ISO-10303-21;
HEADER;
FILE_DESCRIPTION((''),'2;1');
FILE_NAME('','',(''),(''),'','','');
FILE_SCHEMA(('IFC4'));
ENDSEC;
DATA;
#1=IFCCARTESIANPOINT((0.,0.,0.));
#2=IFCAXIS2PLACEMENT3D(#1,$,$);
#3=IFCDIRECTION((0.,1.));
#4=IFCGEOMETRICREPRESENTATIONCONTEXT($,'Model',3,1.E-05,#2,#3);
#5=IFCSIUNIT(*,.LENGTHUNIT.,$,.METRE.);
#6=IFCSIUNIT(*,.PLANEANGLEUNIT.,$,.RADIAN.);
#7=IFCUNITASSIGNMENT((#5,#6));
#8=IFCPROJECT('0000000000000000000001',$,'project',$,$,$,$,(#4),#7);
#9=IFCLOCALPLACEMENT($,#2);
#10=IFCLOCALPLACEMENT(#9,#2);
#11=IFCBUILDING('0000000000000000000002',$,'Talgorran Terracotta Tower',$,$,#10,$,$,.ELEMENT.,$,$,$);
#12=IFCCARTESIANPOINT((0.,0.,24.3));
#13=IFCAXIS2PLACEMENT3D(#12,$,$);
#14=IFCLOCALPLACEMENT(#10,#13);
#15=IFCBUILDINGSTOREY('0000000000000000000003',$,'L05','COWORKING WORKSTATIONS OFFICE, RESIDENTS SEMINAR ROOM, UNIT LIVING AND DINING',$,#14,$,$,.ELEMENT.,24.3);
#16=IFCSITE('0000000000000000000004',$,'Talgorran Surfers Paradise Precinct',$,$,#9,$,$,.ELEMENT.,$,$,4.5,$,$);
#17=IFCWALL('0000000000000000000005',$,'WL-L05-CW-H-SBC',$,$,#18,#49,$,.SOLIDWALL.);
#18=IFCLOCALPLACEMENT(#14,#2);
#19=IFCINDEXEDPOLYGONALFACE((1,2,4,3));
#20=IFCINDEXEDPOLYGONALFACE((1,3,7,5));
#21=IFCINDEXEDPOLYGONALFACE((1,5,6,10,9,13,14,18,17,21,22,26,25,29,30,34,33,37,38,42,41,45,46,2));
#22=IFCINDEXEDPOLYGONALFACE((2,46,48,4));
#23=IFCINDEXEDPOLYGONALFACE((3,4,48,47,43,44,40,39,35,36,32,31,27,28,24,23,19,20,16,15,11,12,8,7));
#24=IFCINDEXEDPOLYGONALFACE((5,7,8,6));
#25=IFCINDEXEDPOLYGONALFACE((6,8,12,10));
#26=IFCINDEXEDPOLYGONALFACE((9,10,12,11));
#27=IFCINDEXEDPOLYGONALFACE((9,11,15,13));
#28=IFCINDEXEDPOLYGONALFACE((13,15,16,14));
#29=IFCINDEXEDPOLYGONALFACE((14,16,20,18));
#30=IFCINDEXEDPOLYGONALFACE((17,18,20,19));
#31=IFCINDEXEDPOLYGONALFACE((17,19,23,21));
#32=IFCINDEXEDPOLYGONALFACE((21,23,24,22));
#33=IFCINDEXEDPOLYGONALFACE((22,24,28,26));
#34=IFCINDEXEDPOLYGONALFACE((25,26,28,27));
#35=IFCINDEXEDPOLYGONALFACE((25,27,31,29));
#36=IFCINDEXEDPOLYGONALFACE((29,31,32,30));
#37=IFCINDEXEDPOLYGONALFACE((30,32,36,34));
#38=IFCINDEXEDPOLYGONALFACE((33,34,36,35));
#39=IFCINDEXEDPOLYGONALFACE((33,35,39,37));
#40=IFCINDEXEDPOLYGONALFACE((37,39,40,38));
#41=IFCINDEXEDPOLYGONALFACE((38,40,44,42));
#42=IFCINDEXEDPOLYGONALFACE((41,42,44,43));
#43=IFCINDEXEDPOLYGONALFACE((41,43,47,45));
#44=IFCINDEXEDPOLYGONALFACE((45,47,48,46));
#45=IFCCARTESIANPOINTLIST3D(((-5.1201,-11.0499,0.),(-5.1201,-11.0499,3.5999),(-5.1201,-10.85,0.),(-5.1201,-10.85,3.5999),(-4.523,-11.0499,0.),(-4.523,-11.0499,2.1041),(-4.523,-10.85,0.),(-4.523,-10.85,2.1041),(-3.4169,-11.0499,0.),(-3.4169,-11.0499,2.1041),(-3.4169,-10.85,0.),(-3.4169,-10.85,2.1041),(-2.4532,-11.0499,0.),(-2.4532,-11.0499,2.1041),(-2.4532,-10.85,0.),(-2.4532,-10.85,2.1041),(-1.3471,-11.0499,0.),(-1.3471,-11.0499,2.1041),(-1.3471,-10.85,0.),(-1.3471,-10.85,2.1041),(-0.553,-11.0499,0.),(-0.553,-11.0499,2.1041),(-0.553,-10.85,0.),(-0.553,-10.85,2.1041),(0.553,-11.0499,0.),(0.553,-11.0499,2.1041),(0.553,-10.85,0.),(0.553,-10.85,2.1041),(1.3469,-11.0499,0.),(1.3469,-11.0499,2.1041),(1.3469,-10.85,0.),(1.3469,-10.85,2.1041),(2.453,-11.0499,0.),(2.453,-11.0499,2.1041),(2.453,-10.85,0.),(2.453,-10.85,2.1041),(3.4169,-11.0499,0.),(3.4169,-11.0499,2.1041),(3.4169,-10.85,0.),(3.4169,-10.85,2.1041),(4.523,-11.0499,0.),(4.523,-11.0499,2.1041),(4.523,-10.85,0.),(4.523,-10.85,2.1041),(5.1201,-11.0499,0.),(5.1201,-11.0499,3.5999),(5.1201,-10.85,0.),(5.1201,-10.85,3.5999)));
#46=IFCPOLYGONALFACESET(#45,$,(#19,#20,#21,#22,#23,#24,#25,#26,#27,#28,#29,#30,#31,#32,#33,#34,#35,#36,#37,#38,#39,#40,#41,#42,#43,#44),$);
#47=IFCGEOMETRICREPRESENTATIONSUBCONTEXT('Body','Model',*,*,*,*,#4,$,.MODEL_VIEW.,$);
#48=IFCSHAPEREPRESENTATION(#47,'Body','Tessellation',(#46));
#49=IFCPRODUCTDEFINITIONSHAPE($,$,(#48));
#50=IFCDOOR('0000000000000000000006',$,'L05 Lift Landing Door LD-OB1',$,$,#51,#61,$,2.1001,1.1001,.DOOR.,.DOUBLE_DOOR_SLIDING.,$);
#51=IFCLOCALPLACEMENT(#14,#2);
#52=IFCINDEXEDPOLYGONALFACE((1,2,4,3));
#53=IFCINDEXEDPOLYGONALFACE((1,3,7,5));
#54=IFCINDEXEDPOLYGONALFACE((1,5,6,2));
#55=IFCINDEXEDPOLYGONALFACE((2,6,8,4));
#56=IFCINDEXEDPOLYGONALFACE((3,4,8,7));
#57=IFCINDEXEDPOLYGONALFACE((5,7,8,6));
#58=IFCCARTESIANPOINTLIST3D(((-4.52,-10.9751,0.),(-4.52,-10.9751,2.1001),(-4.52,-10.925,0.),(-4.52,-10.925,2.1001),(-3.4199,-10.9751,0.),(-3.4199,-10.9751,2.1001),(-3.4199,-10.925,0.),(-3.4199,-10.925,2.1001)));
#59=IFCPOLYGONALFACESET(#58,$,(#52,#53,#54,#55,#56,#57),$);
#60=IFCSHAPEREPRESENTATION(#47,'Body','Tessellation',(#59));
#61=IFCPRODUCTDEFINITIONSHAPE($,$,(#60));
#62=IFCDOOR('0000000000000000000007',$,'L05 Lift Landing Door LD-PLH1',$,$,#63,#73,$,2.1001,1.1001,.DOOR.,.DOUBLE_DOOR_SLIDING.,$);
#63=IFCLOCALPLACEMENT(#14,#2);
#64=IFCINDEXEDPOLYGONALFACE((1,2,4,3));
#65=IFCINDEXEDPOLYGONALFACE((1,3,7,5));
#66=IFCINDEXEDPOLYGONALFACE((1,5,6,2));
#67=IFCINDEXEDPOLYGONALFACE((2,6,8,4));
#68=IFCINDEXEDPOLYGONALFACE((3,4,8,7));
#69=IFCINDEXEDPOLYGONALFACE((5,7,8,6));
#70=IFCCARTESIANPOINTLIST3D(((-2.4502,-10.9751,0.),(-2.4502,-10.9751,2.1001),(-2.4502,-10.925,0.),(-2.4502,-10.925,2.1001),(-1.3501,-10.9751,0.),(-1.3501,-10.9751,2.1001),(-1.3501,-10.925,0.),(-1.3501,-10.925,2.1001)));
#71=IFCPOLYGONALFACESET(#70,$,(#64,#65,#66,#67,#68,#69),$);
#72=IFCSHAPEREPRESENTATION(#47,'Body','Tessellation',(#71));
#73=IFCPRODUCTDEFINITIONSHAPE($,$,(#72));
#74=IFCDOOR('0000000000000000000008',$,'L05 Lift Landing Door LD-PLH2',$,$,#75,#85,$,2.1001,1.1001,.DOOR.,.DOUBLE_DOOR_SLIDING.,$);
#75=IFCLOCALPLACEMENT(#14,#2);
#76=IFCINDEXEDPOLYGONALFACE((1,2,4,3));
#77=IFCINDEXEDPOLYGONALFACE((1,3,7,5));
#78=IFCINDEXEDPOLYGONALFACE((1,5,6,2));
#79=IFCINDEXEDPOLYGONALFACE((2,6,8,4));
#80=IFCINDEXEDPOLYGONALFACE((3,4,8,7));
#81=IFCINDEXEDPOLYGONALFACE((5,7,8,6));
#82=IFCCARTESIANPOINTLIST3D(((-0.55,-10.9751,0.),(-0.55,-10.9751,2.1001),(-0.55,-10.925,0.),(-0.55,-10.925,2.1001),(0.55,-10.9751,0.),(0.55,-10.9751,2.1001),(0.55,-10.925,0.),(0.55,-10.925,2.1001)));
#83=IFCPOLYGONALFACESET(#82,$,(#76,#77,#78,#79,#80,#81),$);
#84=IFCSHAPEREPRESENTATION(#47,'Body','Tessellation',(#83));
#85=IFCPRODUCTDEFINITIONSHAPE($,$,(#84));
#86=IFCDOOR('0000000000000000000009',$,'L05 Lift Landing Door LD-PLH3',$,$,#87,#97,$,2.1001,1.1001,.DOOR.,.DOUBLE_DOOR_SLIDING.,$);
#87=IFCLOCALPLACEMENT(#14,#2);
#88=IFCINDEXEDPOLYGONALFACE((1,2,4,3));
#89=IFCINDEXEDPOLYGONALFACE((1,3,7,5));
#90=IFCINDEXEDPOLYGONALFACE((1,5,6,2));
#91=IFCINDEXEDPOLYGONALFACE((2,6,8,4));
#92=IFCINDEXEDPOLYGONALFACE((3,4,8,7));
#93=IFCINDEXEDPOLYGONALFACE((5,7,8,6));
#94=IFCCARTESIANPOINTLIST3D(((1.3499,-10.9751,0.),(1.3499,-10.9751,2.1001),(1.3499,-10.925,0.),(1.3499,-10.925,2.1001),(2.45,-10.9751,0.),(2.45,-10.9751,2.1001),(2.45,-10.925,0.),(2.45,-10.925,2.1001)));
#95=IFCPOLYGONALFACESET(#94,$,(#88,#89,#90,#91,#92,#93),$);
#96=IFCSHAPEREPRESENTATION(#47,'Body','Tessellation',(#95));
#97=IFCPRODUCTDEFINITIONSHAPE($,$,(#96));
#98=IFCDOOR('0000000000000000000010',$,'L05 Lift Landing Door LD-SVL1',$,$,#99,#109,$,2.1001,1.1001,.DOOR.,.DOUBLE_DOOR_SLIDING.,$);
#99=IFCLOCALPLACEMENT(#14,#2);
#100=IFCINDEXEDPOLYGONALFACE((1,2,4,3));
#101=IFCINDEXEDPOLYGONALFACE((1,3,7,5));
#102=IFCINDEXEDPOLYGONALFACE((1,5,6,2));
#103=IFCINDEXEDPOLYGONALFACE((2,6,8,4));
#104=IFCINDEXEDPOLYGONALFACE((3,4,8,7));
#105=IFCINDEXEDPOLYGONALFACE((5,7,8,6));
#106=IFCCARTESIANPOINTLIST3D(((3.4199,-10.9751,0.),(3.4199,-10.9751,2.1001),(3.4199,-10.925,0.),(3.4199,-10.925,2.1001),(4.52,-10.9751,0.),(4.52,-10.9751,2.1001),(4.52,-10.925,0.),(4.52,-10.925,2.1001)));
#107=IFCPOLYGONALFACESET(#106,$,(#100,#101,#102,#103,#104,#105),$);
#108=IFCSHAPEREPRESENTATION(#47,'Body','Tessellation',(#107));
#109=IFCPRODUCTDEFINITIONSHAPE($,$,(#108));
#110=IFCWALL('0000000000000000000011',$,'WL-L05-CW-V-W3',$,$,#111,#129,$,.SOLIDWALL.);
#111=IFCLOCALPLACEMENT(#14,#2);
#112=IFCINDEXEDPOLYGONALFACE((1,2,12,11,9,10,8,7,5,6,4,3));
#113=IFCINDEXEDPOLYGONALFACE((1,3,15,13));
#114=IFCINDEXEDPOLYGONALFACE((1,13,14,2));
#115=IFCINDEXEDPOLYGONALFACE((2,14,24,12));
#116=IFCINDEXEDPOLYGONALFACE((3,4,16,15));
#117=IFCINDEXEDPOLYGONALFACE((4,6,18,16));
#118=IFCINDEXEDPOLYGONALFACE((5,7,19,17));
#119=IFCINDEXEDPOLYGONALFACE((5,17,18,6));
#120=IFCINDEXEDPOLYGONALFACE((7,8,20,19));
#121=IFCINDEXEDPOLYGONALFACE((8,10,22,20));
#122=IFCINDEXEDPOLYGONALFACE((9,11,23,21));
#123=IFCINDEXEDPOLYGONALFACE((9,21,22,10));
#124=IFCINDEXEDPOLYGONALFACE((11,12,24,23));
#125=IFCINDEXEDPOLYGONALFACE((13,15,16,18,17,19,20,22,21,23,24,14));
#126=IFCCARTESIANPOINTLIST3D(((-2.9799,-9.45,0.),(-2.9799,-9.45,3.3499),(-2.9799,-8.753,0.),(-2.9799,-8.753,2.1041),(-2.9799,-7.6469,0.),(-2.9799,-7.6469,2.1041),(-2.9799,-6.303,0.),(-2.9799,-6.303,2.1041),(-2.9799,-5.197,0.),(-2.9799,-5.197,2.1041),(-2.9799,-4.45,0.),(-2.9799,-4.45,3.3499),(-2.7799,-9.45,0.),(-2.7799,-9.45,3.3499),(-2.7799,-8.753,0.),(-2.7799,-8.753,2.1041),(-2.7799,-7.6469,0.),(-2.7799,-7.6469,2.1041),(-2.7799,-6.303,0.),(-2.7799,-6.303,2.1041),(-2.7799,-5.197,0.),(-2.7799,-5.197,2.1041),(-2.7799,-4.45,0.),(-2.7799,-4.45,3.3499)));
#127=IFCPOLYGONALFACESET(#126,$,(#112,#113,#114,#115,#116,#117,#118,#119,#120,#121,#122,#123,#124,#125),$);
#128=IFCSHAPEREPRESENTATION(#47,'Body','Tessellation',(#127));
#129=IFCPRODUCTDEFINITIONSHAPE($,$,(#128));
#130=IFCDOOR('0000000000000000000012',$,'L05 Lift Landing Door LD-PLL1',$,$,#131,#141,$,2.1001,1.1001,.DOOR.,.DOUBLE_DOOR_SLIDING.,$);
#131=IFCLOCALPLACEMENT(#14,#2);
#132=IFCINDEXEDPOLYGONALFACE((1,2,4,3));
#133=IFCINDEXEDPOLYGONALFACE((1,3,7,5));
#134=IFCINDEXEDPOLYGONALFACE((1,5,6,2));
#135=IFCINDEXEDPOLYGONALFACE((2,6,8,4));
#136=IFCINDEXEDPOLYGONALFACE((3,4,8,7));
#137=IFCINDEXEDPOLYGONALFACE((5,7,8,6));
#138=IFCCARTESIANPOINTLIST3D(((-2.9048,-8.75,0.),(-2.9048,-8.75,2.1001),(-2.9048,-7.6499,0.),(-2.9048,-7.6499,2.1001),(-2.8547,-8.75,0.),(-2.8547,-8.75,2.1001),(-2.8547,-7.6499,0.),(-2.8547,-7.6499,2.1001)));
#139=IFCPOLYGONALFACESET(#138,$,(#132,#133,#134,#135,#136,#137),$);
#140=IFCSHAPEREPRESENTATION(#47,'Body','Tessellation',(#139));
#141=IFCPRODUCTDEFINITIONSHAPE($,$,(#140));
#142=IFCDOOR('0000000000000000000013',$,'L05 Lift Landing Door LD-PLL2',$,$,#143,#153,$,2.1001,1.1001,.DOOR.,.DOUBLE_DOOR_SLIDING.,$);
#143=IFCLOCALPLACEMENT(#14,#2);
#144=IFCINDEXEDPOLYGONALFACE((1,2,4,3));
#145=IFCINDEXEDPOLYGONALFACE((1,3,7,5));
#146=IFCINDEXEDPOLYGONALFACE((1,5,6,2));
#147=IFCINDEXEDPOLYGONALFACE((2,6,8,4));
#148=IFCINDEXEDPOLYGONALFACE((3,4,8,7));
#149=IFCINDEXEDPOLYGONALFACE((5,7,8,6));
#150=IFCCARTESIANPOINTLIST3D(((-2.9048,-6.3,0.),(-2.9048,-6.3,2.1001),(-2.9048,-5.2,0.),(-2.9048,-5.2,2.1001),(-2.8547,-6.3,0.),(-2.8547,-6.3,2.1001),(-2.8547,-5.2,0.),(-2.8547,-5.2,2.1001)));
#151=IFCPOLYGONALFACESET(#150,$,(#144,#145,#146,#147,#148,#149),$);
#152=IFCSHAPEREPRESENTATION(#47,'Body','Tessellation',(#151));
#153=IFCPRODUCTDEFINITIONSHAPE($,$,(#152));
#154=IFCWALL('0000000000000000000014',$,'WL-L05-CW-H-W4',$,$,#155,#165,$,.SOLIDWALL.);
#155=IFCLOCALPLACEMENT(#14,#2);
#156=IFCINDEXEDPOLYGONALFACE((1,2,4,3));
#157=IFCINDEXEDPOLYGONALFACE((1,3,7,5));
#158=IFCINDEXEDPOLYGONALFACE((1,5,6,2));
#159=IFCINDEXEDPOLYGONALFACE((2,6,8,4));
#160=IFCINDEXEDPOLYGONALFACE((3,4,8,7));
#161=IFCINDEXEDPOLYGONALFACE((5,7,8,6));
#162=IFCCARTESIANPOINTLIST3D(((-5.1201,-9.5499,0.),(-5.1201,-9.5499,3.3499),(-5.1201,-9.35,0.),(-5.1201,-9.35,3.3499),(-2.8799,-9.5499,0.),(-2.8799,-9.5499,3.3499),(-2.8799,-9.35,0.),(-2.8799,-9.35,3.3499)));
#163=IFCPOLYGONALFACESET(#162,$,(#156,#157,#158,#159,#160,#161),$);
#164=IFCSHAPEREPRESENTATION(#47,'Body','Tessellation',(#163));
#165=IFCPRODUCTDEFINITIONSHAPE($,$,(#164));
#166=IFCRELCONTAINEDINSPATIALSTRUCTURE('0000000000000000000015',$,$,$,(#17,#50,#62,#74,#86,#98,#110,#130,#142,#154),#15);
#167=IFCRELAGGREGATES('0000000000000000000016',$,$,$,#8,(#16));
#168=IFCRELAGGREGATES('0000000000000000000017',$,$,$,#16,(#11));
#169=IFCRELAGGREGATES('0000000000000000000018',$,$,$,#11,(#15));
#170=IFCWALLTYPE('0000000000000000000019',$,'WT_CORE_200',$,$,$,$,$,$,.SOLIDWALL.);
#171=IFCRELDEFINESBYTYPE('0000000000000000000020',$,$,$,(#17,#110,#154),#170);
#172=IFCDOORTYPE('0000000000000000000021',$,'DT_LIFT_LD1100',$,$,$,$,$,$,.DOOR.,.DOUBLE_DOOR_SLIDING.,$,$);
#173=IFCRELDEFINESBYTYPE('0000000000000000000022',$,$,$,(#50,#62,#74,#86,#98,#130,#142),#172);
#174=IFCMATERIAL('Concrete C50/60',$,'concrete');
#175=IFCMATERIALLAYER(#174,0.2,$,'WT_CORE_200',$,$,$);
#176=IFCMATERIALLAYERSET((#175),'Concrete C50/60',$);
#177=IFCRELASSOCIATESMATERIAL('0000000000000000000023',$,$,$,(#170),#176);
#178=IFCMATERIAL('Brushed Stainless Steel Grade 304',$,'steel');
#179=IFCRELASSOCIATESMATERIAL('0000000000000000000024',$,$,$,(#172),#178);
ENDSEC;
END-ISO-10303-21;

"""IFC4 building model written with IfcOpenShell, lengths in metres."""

from ifc_helpers import new_model, si_unit, direction, frame, frame_2d, origin, place, context, subcontext, project, spatial, rectangle, extrude, material, layer, layer_set, type_object, element, fill, save


model = new_model("IFC4")

# Units and contexts
model_context = context("Model", 3, precision=1e-05, world=origin(), true_north=direction((0.0, 1.0)))
body_context = subcontext(model_context, "Body", "Model", "MODEL_VIEW")
ifc_project = project(units=[si_unit("LENGTHUNIT", "METRE"), si_unit("PLANEANGLEUNIT", "RADIAN")], contexts=[model_context])

# Site, building, storey
site_placement = place(None, origin())
site = spatial("IfcSite", under=ifc_project, at=site_placement, Name="Talgorran Surfers Paradise Precinct", CompositionType="ELEMENT", RefElevation=4.5)
building_placement = place(site_placement, origin())
building = spatial("IfcBuilding", under=site, at=building_placement, Name="Talgorran Terracotta Tower", CompositionType="ELEMENT")
storey_placement = place(building_placement, frame((0.0, 0.0, 24.3)))
storey = spatial("IfcBuildingStorey", under=building, at=storey_placement, Name="L05", Description="COWORKING WORKSTATIONS OFFICE, RESIDENTS SEMINAR ROOM, UNIT LIVING AND DINING", CompositionType="ELEMENT", Elevation=24.3)

# Walls, openings, doors
ifc_material_1 = material(Name="Concrete C50/60", Category="concrete")
ifc_layer_1 = layer(ifc_material_1, 0.2, Name="WT_CORE_200")
ifc_layer_set_1 = layer_set([ifc_layer_1], Name="Concrete C50/60")
wall_type_1 = type_object("IfcWallType", Name="WT_CORE_200", PredefinedType="SOLIDWALL", material=ifc_layer_set_1)
ifc_material_2 = material(Name="Brushed Stainless Steel Grade 304", Category="steel")
door_type_1 = type_object("IfcDoorType", Name="DT_LIFT_LD1100", OperationType="DOUBLE_DOOR_SLIDING", PredefinedType="DOOR", material=ifc_material_2)
wall_1_placement = place(storey_placement, frame((-5.1201, -10.95, 0.0), z_axis=(0.0, 0.0, 1.0), x_axis=(1.0, 0.0, 0.0)))
wall_1 = element("IfcWall", 1, at=wall_1_placement, inside=storey, type_object=wall_type_1, Name="WL-L05-CW-H-SBC", PredefinedType="SOLIDWALL", context=body_context, shape_type="SweptSolid", body=[
    extrude(rectangle(XDim=10.2402, YDim=0.2, at=frame_2d((5.1201, 0.0))), origin(), (0.0, 0.0, 1.0), 3.5999),
])
opening_1_placement = place(wall_1_placement, frame((0.6001, 0.0, 0.0)))
opening_1 = element("IfcOpeningElement", 2, at=opening_1_placement, cuts=wall_1, PredefinedType="OPENING", context=body_context, shape_type="SweptSolid", body=[
    extrude(rectangle(XDim=1.1061, YDim=2.1041, at=frame_2d((0.55, 1.052))), frame((0.0, 0.1099, 0.0), z_axis=(0.0, -1.0, 0.0), x_axis=(1.0, 0.0, 0.0)), (0.0, 0.0, 1.0), 0.22),
])
opening_2_placement = place(wall_1_placement, frame((2.6699, 0.0, 0.0)))
opening_2 = element("IfcOpeningElement", 3, at=opening_2_placement, cuts=wall_1, PredefinedType="OPENING", context=body_context, shape_type="SweptSolid", body=[
    extrude(rectangle(XDim=1.1061, YDim=2.1041, at=frame_2d((0.55, 1.052))), frame((0.0, 0.1099, 0.0), z_axis=(0.0, -1.0, 0.0), x_axis=(1.0, 0.0, 0.0)), (0.0, 0.0, 1.0), 0.22),
])
opening_3_placement = place(wall_1_placement, frame((4.5701, 0.0, 0.0)))
opening_3 = element("IfcOpeningElement", 4, at=opening_3_placement, cuts=wall_1, PredefinedType="OPENING", context=body_context, shape_type="SweptSolid", body=[
    extrude(rectangle(XDim=1.1061, YDim=2.1041, at=frame_2d((0.55, 1.052))), frame((0.0, 0.1099, 0.0), z_axis=(0.0, -1.0, 0.0), x_axis=(1.0, 0.0, 0.0)), (0.0, 0.0, 1.0), 0.22),
])
opening_4_placement = place(wall_1_placement, frame((6.47, 0.0, 0.0)))
opening_4 = element("IfcOpeningElement", 5, at=opening_4_placement, cuts=wall_1, PredefinedType="OPENING", context=body_context, shape_type="SweptSolid", body=[
    extrude(rectangle(XDim=1.1061, YDim=2.1041, at=frame_2d((0.55, 1.052))), frame((0.0, 0.1099, 0.0), z_axis=(0.0, -1.0, 0.0), x_axis=(1.0, 0.0, 0.0)), (0.0, 0.0, 1.0), 0.22),
])
opening_5_placement = place(wall_1_placement, frame((8.54, 0.0, 0.0)))
opening_5 = element("IfcOpeningElement", 6, at=opening_5_placement, cuts=wall_1, PredefinedType="OPENING", context=body_context, shape_type="SweptSolid", body=[
    extrude(rectangle(XDim=1.1061, YDim=2.1041, at=frame_2d((0.55, 1.052))), frame((0.0, 0.1099, 0.0), z_axis=(0.0, -1.0, 0.0), x_axis=(1.0, 0.0, 0.0)), (0.0, 0.0, 1.0), 0.22),
])
door_1_placement = place(opening_1_placement, origin())
door_1 = element("IfcDoor", 7, at=door_1_placement, inside=storey, type_object=door_type_1, Name="L05 Lift Landing Door LD-OB1", OperationType="DOUBLE_DOOR_SLIDING", OverallHeight=2.1001, OverallWidth=1.1001, PredefinedType="DOOR", context=body_context, shape_type="SweptSolid", body=[
    extrude(rectangle(XDim=1.1001, YDim=2.1001, at=frame_2d((0.55, 1.05))), frame((0.0, 0.0249, 0.0), z_axis=(0.0, -1.0, 0.0), x_axis=(1.0, 0.0, 0.0)), (0.0, 0.0, 1.0), 0.05),
])
fill(opening_1, door_1)
door_2_placement = place(opening_2_placement, origin())
door_2 = element("IfcDoor", 8, at=door_2_placement, inside=storey, type_object=door_type_1, Name="L05 Lift Landing Door LD-PLH1", OperationType="DOUBLE_DOOR_SLIDING", OverallHeight=2.1001, OverallWidth=1.1001, PredefinedType="DOOR", context=body_context, shape_type="SweptSolid", body=[
    extrude(rectangle(XDim=1.1001, YDim=2.1001, at=frame_2d((0.55, 1.05))), frame((0.0, 0.0249, 0.0), z_axis=(0.0, -1.0, 0.0), x_axis=(1.0, 0.0, 0.0)), (0.0, 0.0, 1.0), 0.05),
])
fill(opening_2, door_2)
door_3_placement = place(opening_3_placement, origin())
door_3 = element("IfcDoor", 9, at=door_3_placement, inside=storey, type_object=door_type_1, Name="L05 Lift Landing Door LD-PLH2", OperationType="DOUBLE_DOOR_SLIDING", OverallHeight=2.1001, OverallWidth=1.1001, PredefinedType="DOOR", context=body_context, shape_type="SweptSolid", body=[
    extrude(rectangle(XDim=1.1001, YDim=2.1001, at=frame_2d((0.55, 1.05))), frame((0.0, 0.0249, 0.0), z_axis=(0.0, -1.0, 0.0), x_axis=(1.0, 0.0, 0.0)), (0.0, 0.0, 1.0), 0.05),
])
fill(opening_3, door_3)
door_4_placement = place(opening_4_placement, origin())
door_4 = element("IfcDoor", 10, at=door_4_placement, inside=storey, type_object=door_type_1, Name="L05 Lift Landing Door LD-PLH3", OperationType="DOUBLE_DOOR_SLIDING", OverallHeight=2.1001, OverallWidth=1.1001, PredefinedType="DOOR", context=body_context, shape_type="SweptSolid", body=[
    extrude(rectangle(XDim=1.1001, YDim=2.1001, at=frame_2d((0.55, 1.05))), frame((0.0, 0.0249, 0.0), z_axis=(0.0, -1.0, 0.0), x_axis=(1.0, 0.0, 0.0)), (0.0, 0.0, 1.0), 0.05),
])
fill(opening_4, door_4)
door_5_placement = place(opening_5_placement, origin())
door_5 = element("IfcDoor", 11, at=door_5_placement, inside=storey, type_object=door_type_1, Name="L05 Lift Landing Door LD-SVL1", OperationType="DOUBLE_DOOR_SLIDING", OverallHeight=2.1001, OverallWidth=1.1001, PredefinedType="DOOR", context=body_context, shape_type="SweptSolid", body=[
    extrude(rectangle(XDim=1.1001, YDim=2.1001, at=frame_2d((0.55, 1.05))), frame((0.0, 0.0249, 0.0), z_axis=(0.0, -1.0, 0.0), x_axis=(1.0, 0.0, 0.0)), (0.0, 0.0, 1.0), 0.05),
])
fill(opening_5, door_5)
wall_2_placement = place(storey_placement, frame((-2.8799, -9.45, 0.0), z_axis=(0.0, 0.0, 1.0), x_axis=(0.0, 1.0, 0.0)))
wall_2 = element("IfcWall", 12, at=wall_2_placement, inside=storey, type_object=wall_type_1, Name="WL-L05-CW-V-W3", PredefinedType="SOLIDWALL", context=body_context, shape_type="SweptSolid", body=[
    extrude(rectangle(XDim=5.0, YDim=0.2, at=frame_2d((2.5, 0.0))), origin(), (0.0, 0.0, 1.0), 3.3499),
])
opening_6_placement = place(wall_2_placement, frame((0.7, 0.0, 0.0)))
opening_6 = element("IfcOpeningElement", 13, at=opening_6_placement, cuts=wall_2, PredefinedType="OPENING", context=body_context, shape_type="SweptSolid", body=[
    extrude(rectangle(XDim=1.1061, YDim=2.1041, at=frame_2d((0.55, 1.052))), frame((0.0, 0.1099, 0.0), z_axis=(0.0, -1.0, 0.0), x_axis=(1.0, 0.0, 0.0)), (0.0, 0.0, 1.0), 0.22),
])
opening_7_placement = place(wall_2_placement, frame((3.1499, 0.0, 0.0)))
opening_7 = element("IfcOpeningElement", 14, at=opening_7_placement, cuts=wall_2, PredefinedType="OPENING", context=body_context, shape_type="SweptSolid", body=[
    extrude(rectangle(XDim=1.1061, YDim=2.1041, at=frame_2d((0.55, 1.052))), frame((0.0, 0.1099, 0.0), z_axis=(0.0, -1.0, 0.0), x_axis=(1.0, 0.0, 0.0)), (0.0, 0.0, 1.0), 0.22),
])
door_6_placement = place(opening_6_placement, origin())
door_6 = element("IfcDoor", 15, at=door_6_placement, inside=storey, type_object=door_type_1, Name="L05 Lift Landing Door LD-PLL1", OperationType="DOUBLE_DOOR_SLIDING", OverallHeight=2.1001, OverallWidth=1.1001, PredefinedType="DOOR", context=body_context, shape_type="SweptSolid", body=[
    extrude(rectangle(XDim=1.1001, YDim=2.1001, at=frame_2d((0.55, 1.05))), frame((0.0, 0.0249, 0.0), z_axis=(0.0, -1.0, 0.0), x_axis=(1.0, 0.0, 0.0)), (0.0, 0.0, 1.0), 0.05),
])
fill(opening_6, door_6)
door_7_placement = place(opening_7_placement, origin())
door_7 = element("IfcDoor", 16, at=door_7_placement, inside=storey, type_object=door_type_1, Name="L05 Lift Landing Door LD-PLL2", OperationType="DOUBLE_DOOR_SLIDING", OverallHeight=2.1001, OverallWidth=1.1001, PredefinedType="DOOR", context=body_context, shape_type="SweptSolid", body=[
    extrude(rectangle(XDim=1.1001, YDim=2.1001, at=frame_2d((0.55, 1.05))), frame((0.0, 0.0249, 0.0), z_axis=(0.0, -1.0, 0.0), x_axis=(1.0, 0.0, 0.0)), (0.0, 0.0, 1.0), 0.05),
])
fill(opening_7, door_7)

# Wall
wall_3_placement = place(storey_placement, frame((-5.1201, -9.45, 0.0), z_axis=(0.0, 0.0, 1.0), x_axis=(1.0, 0.0, 0.0)))
element("IfcWall", 17, at=wall_3_placement, inside=storey, type_object=wall_type_1, Name="WL-L05-CW-H-W4", PredefinedType="SOLIDWALL", context=body_context, shape_type="SweptSolid", body=[
    extrude(rectangle(XDim=2.2402, YDim=0.2, at=frame_2d((1.1201, 0.0))), origin(), (0.0, 0.0, 1.0), 3.3499),
])

save(model, "model.ifc")
